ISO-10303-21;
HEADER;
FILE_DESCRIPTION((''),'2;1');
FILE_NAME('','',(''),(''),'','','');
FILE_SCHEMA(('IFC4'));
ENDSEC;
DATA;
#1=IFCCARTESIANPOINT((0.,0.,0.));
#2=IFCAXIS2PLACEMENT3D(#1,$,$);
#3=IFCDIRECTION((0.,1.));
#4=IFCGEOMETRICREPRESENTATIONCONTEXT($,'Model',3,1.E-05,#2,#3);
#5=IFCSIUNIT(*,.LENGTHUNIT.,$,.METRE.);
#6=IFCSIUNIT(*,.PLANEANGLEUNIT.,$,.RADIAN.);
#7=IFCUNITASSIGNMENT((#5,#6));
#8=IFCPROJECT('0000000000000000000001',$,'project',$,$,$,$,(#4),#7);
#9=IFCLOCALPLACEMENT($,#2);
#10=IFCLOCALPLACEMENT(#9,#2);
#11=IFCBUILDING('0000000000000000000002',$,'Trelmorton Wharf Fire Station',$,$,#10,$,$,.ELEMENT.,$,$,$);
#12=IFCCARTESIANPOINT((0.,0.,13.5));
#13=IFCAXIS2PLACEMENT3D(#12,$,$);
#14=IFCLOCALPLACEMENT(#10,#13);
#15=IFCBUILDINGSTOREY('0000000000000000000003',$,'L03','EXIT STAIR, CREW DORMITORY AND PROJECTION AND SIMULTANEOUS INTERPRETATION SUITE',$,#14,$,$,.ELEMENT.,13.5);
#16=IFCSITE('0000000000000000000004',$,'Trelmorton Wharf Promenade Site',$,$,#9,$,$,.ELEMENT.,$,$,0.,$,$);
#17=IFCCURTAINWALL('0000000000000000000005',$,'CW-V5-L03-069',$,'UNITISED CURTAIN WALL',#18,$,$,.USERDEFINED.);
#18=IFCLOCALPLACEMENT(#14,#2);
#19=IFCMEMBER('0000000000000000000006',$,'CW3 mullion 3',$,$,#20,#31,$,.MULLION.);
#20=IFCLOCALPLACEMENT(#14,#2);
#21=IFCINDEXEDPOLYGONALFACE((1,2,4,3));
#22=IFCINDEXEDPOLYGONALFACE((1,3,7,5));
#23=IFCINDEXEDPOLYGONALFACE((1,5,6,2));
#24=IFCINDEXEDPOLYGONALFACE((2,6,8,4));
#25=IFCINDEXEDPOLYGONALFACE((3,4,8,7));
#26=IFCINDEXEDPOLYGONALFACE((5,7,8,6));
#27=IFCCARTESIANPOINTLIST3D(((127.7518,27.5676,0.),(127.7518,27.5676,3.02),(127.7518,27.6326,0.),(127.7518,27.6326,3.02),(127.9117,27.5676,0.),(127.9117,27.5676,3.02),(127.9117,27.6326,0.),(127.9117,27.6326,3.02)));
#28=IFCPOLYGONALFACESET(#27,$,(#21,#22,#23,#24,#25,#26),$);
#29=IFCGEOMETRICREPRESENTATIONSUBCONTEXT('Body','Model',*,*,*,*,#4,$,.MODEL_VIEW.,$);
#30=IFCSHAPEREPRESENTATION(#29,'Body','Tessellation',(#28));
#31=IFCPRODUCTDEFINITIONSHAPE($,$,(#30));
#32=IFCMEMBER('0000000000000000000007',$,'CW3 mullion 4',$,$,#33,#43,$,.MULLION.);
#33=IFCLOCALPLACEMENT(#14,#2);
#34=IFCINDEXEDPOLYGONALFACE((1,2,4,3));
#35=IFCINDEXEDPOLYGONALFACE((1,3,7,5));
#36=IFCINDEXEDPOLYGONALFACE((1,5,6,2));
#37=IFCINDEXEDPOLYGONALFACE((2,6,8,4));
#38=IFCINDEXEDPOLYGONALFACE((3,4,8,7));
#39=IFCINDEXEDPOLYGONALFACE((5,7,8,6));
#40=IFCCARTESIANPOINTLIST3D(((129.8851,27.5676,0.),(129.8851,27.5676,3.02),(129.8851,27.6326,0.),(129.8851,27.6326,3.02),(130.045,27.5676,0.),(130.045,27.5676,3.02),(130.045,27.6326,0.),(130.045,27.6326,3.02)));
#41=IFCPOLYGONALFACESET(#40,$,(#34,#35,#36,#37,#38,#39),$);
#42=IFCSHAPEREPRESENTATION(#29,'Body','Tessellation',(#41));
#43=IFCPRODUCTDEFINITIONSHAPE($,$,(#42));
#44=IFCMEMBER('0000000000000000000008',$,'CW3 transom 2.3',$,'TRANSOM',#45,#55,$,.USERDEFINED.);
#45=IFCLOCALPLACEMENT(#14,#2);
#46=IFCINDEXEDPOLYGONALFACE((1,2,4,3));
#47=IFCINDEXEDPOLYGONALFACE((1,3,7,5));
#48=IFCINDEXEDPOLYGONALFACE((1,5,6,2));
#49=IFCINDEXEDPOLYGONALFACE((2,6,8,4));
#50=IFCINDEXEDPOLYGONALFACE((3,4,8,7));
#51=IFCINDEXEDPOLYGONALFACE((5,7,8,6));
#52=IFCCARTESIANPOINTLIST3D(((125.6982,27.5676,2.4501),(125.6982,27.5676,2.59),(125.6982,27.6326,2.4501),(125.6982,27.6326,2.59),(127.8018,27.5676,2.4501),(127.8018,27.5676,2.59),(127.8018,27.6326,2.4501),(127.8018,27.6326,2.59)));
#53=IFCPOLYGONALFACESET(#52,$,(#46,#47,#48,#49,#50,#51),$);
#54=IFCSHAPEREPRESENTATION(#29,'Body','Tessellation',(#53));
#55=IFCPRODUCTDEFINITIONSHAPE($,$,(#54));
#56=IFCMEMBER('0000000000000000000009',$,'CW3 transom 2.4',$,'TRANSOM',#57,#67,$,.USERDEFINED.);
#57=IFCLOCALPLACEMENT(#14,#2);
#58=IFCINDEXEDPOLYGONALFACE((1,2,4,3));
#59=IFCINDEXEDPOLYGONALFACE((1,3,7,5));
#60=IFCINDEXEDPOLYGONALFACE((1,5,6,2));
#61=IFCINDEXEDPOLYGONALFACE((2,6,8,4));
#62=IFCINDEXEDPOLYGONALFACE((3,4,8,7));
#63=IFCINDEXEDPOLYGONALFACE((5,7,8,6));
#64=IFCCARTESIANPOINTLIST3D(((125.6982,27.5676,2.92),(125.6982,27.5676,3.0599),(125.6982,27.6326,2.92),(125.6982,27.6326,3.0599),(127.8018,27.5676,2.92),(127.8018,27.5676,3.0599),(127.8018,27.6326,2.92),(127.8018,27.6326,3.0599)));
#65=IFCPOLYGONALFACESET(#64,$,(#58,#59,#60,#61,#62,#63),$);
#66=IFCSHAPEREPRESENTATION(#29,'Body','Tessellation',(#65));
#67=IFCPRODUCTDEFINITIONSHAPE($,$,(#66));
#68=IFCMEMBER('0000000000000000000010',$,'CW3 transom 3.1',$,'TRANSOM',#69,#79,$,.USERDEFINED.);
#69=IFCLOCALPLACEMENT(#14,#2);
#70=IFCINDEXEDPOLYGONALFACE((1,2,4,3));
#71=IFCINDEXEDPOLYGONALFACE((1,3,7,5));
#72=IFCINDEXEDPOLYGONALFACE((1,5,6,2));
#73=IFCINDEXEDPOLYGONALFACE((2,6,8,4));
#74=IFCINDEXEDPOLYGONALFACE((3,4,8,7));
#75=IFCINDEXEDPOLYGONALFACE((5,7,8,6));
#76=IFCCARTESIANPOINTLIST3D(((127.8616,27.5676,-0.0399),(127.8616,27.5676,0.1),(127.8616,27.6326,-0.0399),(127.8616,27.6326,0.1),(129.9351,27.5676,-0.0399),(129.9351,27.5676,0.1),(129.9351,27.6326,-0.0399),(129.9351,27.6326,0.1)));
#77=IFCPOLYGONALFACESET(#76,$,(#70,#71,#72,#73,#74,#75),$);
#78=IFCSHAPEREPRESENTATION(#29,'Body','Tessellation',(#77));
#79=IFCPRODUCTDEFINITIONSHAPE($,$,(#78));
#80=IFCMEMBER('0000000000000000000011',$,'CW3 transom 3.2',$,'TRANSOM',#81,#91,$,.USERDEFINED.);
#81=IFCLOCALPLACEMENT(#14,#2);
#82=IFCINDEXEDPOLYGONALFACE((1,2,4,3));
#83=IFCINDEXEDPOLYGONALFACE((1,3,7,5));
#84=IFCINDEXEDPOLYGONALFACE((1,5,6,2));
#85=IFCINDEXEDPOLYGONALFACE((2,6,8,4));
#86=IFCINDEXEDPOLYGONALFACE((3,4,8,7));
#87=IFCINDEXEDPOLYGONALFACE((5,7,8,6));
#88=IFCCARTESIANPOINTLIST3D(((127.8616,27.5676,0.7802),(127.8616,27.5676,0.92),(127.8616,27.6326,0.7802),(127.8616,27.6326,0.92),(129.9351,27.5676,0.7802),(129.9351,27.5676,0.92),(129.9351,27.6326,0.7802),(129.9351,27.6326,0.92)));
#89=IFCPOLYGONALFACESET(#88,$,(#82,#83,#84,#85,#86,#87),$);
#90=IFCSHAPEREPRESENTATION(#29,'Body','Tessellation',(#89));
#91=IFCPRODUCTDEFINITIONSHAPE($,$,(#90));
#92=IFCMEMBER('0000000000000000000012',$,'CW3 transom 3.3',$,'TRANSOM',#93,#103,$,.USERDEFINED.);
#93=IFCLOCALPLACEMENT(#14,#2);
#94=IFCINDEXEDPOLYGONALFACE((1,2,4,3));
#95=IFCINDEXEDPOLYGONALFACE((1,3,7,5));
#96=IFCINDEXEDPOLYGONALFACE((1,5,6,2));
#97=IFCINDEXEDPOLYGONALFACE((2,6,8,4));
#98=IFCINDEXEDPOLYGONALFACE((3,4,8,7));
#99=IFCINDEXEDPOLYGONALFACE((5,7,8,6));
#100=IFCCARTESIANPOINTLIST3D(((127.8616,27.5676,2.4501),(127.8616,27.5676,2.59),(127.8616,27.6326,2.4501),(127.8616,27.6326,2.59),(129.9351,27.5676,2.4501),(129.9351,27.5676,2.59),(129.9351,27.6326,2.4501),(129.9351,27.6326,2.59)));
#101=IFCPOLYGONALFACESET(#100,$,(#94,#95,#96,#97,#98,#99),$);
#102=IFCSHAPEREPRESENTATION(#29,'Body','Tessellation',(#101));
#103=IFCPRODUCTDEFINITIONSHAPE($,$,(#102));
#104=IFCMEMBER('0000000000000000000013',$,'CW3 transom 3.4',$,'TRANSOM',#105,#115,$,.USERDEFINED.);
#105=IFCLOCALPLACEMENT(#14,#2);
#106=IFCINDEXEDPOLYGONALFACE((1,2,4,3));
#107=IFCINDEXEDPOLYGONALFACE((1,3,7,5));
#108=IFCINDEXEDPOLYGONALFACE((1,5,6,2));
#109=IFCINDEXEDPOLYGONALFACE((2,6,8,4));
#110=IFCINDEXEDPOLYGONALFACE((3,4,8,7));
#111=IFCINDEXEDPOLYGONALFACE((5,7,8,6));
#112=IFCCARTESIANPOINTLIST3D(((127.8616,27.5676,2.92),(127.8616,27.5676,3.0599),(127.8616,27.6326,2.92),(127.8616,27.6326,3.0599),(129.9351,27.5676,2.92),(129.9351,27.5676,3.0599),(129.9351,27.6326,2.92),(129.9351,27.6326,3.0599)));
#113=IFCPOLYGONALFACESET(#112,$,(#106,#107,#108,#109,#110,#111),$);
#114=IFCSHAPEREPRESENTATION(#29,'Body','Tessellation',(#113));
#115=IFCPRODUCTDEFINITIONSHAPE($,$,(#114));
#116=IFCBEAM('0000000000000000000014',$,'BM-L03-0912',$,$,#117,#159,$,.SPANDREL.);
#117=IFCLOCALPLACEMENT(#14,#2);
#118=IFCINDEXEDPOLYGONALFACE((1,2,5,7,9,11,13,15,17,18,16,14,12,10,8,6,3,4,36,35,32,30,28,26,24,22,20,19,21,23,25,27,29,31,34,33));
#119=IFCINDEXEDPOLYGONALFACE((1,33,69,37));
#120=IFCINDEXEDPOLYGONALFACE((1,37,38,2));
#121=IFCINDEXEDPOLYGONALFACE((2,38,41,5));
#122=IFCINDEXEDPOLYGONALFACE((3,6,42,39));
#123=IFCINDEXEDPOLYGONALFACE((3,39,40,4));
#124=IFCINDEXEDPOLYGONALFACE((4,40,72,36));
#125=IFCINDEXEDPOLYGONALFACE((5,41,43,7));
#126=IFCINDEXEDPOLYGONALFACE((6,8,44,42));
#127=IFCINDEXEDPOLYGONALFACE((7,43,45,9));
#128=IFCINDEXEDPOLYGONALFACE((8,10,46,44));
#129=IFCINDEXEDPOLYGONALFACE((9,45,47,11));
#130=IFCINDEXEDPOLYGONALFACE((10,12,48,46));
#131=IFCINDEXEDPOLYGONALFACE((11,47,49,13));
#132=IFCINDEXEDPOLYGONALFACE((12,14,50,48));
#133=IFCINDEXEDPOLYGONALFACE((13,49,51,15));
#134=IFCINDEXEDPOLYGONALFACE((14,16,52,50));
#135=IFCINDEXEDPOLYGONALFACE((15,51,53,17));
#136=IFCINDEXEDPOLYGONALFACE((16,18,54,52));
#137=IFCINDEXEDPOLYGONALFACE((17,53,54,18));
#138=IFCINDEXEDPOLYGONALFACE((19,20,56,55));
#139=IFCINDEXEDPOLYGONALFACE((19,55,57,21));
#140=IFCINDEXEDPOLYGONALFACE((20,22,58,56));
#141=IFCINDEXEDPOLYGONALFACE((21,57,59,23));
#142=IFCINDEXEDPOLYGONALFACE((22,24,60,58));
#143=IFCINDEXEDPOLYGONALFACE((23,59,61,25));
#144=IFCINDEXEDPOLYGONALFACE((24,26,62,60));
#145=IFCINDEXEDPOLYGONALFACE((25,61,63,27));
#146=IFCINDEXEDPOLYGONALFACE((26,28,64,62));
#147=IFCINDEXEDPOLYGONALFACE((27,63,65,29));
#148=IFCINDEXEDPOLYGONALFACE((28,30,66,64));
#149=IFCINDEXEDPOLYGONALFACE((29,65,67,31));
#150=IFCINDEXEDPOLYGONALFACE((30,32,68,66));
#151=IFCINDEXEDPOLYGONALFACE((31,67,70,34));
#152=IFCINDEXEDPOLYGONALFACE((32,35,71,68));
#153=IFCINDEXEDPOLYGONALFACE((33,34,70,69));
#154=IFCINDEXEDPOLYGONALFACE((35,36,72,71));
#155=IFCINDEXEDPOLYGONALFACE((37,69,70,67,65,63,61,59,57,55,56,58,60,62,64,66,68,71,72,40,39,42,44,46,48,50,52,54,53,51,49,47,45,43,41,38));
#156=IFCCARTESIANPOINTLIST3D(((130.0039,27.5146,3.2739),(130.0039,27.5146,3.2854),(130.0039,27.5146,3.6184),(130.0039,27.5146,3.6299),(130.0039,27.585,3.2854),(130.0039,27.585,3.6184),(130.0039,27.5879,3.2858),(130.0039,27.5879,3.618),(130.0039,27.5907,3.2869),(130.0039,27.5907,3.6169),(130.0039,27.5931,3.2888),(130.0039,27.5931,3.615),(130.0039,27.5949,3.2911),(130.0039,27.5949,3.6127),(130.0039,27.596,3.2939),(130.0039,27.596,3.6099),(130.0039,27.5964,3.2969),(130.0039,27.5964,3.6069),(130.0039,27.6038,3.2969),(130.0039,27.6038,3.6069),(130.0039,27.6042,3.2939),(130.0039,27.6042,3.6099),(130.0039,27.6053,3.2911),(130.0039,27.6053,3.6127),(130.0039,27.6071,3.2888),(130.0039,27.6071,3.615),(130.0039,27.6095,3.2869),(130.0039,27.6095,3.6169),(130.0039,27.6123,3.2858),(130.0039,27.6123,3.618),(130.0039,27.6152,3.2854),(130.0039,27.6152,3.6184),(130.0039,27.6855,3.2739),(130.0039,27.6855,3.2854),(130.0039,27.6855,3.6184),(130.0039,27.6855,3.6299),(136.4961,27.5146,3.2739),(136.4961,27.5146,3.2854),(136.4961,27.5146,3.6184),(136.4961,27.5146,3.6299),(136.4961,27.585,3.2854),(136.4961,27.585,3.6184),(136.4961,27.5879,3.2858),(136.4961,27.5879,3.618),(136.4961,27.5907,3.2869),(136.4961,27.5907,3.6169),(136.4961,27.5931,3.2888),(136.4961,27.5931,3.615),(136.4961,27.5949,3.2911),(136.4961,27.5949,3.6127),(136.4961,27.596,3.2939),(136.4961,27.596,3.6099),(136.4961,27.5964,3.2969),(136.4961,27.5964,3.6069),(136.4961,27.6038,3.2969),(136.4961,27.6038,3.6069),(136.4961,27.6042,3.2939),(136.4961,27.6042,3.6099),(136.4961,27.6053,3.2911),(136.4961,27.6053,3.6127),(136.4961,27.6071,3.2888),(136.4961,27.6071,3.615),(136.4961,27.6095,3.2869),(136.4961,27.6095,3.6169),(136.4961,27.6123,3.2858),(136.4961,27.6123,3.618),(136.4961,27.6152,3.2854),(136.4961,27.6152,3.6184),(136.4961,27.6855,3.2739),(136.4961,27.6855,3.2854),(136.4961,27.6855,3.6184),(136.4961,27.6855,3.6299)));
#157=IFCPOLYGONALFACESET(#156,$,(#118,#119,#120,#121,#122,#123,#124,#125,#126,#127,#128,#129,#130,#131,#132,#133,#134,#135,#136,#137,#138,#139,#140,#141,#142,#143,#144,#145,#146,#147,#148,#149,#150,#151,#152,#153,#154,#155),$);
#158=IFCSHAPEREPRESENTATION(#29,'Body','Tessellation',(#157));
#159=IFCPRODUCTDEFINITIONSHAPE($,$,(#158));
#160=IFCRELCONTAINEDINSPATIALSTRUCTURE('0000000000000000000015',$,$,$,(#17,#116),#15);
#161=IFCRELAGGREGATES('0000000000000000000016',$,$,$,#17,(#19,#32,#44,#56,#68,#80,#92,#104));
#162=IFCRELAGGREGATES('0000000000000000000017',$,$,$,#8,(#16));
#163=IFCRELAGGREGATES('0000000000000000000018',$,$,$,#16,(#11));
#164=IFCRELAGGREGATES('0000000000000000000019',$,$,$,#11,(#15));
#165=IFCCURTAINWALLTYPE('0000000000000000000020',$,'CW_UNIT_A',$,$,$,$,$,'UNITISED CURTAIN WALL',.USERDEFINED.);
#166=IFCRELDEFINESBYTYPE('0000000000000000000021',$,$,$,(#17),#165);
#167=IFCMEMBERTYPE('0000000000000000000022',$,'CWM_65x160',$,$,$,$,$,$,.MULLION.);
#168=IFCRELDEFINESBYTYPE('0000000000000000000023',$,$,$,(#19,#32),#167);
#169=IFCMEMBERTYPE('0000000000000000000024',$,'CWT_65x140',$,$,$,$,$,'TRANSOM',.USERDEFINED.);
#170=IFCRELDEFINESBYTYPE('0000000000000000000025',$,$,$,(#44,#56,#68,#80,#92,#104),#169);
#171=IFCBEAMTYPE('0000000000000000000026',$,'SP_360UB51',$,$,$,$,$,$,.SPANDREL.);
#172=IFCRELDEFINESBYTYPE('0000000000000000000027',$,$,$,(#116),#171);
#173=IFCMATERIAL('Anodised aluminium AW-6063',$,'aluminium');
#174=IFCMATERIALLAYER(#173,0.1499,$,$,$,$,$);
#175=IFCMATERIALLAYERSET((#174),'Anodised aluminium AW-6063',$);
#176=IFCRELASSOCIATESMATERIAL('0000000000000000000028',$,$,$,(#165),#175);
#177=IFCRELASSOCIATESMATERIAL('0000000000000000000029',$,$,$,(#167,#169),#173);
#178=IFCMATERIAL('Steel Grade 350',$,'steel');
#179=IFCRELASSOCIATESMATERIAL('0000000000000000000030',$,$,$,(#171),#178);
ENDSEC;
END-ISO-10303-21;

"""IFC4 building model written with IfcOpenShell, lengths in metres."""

from ifc_helpers import new_model, si_unit, direction, frame, origin, origin_2d, place, context, subcontext, project, spatial, rectangle, i_section, extrude, material, layer, layer_set, material_profile, profile_set, type_object, element, aggregate, save


model = new_model("IFC4")

# Units and contexts
model_context = context("Model", 3, precision=1e-05, world=origin(), true_north=direction((0.0, 1.0)))
body_context = subcontext(model_context, "Body", "Model", "MODEL_VIEW")
ifc_project = project(units=[si_unit("LENGTHUNIT", "METRE"), si_unit("PLANEANGLEUNIT", "RADIAN")], contexts=[model_context])

# Site, building, storey
site_placement = place(None, origin())
site = spatial("IfcSite", under=ifc_project, at=site_placement, Name="Trelmorton Wharf Promenade Site", CompositionType="ELEMENT", RefElevation=0.0)
building_placement = place(site_placement, origin())
building = spatial("IfcBuilding", under=site, at=building_placement, Name="Trelmorton Wharf Fire Station", CompositionType="ELEMENT")
storey_placement = place(building_placement, frame((0.0, 0.0, 13.5)))
storey = spatial("IfcBuildingStorey", under=building, at=storey_placement, Name="L03", Description="EXIT STAIR, CREW DORMITORY AND PROJECTION AND SIMULTANEOUS INTERPRETATION SUITE", CompositionType="ELEMENT", Elevation=13.5)

# Shared definitions
ifc_material_1 = material(Name="Steel Grade 350", Category="steel")

# Curtain wall, members
ifc_material_2 = material(Name="Anodised aluminium AW-6063", Category="aluminium")
ifc_layer_1 = layer(ifc_material_2, 0.1499)
ifc_layer_set_1 = layer_set([ifc_layer_1], Name="Anodised aluminium AW-6063")
curtain_wall_type = type_object("IfcCurtainWallType", Name="CW_UNIT_A", ElementType="UNITISED CURTAIN WALL", PredefinedType="USERDEFINED", material=ifc_layer_set_1)
curtain_wall_placement = place(storey_placement, origin())
curtain_wall = element("IfcCurtainWall", 1, at=curtain_wall_placement, inside=storey, type_object=curtain_wall_type, Name="CW-V5-L03-069", ObjectType="UNITISED CURTAIN WALL", PredefinedType="USERDEFINED")
ifc_material_profile_1 = material_profile(ifc_material_2, rectangle(XDim=0.0649, YDim=0.1599, at=origin_2d()), Name="ALU-65x160")
ifc_profile_set_1 = profile_set([ifc_material_profile_1], Name="Anodised aluminium AW-6063")
member_type_1 = type_object("IfcMemberType", Name="CWM_65x160", PredefinedType="MULLION", material=ifc_profile_set_1)
member_1_placement = place(storey_placement, frame((127.8318, 27.6001, 0.0), z_axis=(0.0, 0.0, 1.0), x_axis=(0.0, 1.0, 0.0)))
member_1 = element("IfcMember", 2, at=member_1_placement, type_object=member_type_1, Name="CW3 mullion 3", PredefinedType="MULLION", context=body_context, shape_type="SweptSolid", body=[
    extrude(rectangle(XDim=0.0649, YDim=0.1599, at=origin_2d()), origin(), (0.0, 0.0, 1.0), 3.02),
])
member_2_placement = place(storey_placement, frame((129.9651, 27.6001, 0.0), z_axis=(0.0, 0.0, 1.0), x_axis=(0.0, 1.0, 0.0)))
member_2 = element("IfcMember", 3, at=member_2_placement, type_object=member_type_1, Name="CW3 mullion 4", PredefinedType="MULLION", context=body_context, shape_type="SweptSolid", body=[
    extrude(rectangle(XDim=0.0649, YDim=0.1599, at=origin_2d()), origin(), (0.0, 0.0, 1.0), 3.02),
])
ifc_material_profile_2 = material_profile(ifc_material_2, rectangle(XDim=0.0649, YDim=0.1399, at=origin_2d()), Name="ALU-65x140")
ifc_profile_set_2 = profile_set([ifc_material_profile_2], Name="Anodised aluminium AW-6063")
member_type_2 = type_object("IfcMemberType", Name="CWT_65x140", ElementType="TRANSOM", PredefinedType="USERDEFINED", material=ifc_profile_set_2)
member_3_placement = place(storey_placement, frame((125.6982, 27.6001, 2.52), z_axis=(1.0, 0.0, 0.0), x_axis=(0.0, 1.0, 0.0)))
member_3 = element("IfcMember", 4, at=member_3_placement, type_object=member_type_2, Name="CW3 transom 2.3", ObjectType="TRANSOM", PredefinedType="USERDEFINED", context=body_context, shape_type="SweptSolid", body=[
    extrude(rectangle(XDim=0.0649, YDim=0.1399, at=origin_2d()), origin(), (0.0, 0.0, 1.0), 2.1035),
])
member_4_placement = place(storey_placement, frame((125.6982, 27.6001, 2.99), z_axis=(1.0, 0.0, 0.0), x_axis=(0.0, 1.0, 0.0)))
member_4 = element("IfcMember", 5, at=member_4_placement, type_object=member_type_2, Name="CW3 transom 2.4", ObjectType="TRANSOM", PredefinedType="USERDEFINED", context=body_context, shape_type="SweptSolid", body=[
    extrude(rectangle(XDim=0.0649, YDim=0.1399, at=origin_2d()), origin(), (0.0, 0.0, 1.0), 2.1035),
])
member_5_placement = place(storey_placement, frame((127.8616, 27.6001, 0.03), z_axis=(1.0, 0.0, 0.0), x_axis=(0.0, 1.0, 0.0)))
member_5 = element("IfcMember", 6, at=member_5_placement, type_object=member_type_2, Name="CW3 transom 3.1", ObjectType="TRANSOM", PredefinedType="USERDEFINED", context=body_context, shape_type="SweptSolid", body=[
    extrude(rectangle(XDim=0.0649, YDim=0.1399, at=origin_2d()), origin(), (0.0, 0.0, 1.0), 2.0735),
])
member_6_placement = place(storey_placement, frame((127.8616, 27.6001, 0.8501), z_axis=(1.0, 0.0, 0.0), x_axis=(0.0, 1.0, 0.0)))
member_6 = element("IfcMember", 7, at=member_6_placement, type_object=member_type_2, Name="CW3 transom 3.2", ObjectType="TRANSOM", PredefinedType="USERDEFINED", context=body_context, shape_type="SweptSolid", body=[
    extrude(rectangle(XDim=0.0649, YDim=0.1399, at=origin_2d()), origin(), (0.0, 0.0, 1.0), 2.0735),
])
member_7_placement = place(storey_placement, frame((127.8616, 27.6001, 2.52), z_axis=(1.0, 0.0, 0.0), x_axis=(0.0, 1.0, 0.0)))
member_7 = element("IfcMember", 8, at=member_7_placement, type_object=member_type_2, Name="CW3 transom 3.3", ObjectType="TRANSOM", PredefinedType="USERDEFINED", context=body_context, shape_type="SweptSolid", body=[
    extrude(rectangle(XDim=0.0649, YDim=0.1399, at=origin_2d()), origin(), (0.0, 0.0, 1.0), 2.0735),
])
member_8_placement = place(storey_placement, frame((127.8616, 27.6001, 2.99), z_axis=(1.0, 0.0, 0.0), x_axis=(0.0, 1.0, 0.0)))
member_8 = element("IfcMember", 9, at=member_8_placement, type_object=member_type_2, Name="CW3 transom 3.4", ObjectType="TRANSOM", PredefinedType="USERDEFINED", context=body_context, shape_type="SweptSolid", body=[
    extrude(rectangle(XDim=0.0649, YDim=0.1399, at=origin_2d()), origin(), (0.0, 0.0, 1.0), 2.0735),
])

# Beam
ifc_material_profile_3 = material_profile(ifc_material_1, i_section(OverallWidth=0.1709, OverallDepth=0.356, WebThickness=0.0073, FlangeThickness=0.0115, FilletRadius=0.0115, at=origin_2d()), Name="360UB50.7")
ifc_profile_set_3 = profile_set([ifc_material_profile_3], Name="Steel Grade 350")
beam_type_1 = type_object("IfcBeamType", Name="SP_360UB51", PredefinedType="SPANDREL", material=ifc_profile_set_3)
for number, where, z_axis, x_axis, name in (
    (10, (130.0039, 27.6001, 3.4519), (1.0, 0.0, 0.0), (0.0, 1.0, 0.0), "BM-L03-0912"),
):
    element("IfcBeam", number, at=place(storey_placement, frame(where, z_axis=z_axis, x_axis=x_axis)), inside=storey, type_object=beam_type_1, Name=name, PredefinedType="SPANDREL", context=body_context, shape_type="SweptSolid", body=[
        extrude(i_section(OverallWidth=0.1709, OverallDepth=0.356, WebThickness=0.0073, FlangeThickness=0.0115, FilletRadius=0.0115, at=origin_2d()), origin(), (0.0, 0.0, 1.0), 6.4922),
    ])

aggregate(curtain_wall, [member_1, member_2, member_3, member_4, member_5, member_6, member_7, member_8])

save(model, "model.ifc")
